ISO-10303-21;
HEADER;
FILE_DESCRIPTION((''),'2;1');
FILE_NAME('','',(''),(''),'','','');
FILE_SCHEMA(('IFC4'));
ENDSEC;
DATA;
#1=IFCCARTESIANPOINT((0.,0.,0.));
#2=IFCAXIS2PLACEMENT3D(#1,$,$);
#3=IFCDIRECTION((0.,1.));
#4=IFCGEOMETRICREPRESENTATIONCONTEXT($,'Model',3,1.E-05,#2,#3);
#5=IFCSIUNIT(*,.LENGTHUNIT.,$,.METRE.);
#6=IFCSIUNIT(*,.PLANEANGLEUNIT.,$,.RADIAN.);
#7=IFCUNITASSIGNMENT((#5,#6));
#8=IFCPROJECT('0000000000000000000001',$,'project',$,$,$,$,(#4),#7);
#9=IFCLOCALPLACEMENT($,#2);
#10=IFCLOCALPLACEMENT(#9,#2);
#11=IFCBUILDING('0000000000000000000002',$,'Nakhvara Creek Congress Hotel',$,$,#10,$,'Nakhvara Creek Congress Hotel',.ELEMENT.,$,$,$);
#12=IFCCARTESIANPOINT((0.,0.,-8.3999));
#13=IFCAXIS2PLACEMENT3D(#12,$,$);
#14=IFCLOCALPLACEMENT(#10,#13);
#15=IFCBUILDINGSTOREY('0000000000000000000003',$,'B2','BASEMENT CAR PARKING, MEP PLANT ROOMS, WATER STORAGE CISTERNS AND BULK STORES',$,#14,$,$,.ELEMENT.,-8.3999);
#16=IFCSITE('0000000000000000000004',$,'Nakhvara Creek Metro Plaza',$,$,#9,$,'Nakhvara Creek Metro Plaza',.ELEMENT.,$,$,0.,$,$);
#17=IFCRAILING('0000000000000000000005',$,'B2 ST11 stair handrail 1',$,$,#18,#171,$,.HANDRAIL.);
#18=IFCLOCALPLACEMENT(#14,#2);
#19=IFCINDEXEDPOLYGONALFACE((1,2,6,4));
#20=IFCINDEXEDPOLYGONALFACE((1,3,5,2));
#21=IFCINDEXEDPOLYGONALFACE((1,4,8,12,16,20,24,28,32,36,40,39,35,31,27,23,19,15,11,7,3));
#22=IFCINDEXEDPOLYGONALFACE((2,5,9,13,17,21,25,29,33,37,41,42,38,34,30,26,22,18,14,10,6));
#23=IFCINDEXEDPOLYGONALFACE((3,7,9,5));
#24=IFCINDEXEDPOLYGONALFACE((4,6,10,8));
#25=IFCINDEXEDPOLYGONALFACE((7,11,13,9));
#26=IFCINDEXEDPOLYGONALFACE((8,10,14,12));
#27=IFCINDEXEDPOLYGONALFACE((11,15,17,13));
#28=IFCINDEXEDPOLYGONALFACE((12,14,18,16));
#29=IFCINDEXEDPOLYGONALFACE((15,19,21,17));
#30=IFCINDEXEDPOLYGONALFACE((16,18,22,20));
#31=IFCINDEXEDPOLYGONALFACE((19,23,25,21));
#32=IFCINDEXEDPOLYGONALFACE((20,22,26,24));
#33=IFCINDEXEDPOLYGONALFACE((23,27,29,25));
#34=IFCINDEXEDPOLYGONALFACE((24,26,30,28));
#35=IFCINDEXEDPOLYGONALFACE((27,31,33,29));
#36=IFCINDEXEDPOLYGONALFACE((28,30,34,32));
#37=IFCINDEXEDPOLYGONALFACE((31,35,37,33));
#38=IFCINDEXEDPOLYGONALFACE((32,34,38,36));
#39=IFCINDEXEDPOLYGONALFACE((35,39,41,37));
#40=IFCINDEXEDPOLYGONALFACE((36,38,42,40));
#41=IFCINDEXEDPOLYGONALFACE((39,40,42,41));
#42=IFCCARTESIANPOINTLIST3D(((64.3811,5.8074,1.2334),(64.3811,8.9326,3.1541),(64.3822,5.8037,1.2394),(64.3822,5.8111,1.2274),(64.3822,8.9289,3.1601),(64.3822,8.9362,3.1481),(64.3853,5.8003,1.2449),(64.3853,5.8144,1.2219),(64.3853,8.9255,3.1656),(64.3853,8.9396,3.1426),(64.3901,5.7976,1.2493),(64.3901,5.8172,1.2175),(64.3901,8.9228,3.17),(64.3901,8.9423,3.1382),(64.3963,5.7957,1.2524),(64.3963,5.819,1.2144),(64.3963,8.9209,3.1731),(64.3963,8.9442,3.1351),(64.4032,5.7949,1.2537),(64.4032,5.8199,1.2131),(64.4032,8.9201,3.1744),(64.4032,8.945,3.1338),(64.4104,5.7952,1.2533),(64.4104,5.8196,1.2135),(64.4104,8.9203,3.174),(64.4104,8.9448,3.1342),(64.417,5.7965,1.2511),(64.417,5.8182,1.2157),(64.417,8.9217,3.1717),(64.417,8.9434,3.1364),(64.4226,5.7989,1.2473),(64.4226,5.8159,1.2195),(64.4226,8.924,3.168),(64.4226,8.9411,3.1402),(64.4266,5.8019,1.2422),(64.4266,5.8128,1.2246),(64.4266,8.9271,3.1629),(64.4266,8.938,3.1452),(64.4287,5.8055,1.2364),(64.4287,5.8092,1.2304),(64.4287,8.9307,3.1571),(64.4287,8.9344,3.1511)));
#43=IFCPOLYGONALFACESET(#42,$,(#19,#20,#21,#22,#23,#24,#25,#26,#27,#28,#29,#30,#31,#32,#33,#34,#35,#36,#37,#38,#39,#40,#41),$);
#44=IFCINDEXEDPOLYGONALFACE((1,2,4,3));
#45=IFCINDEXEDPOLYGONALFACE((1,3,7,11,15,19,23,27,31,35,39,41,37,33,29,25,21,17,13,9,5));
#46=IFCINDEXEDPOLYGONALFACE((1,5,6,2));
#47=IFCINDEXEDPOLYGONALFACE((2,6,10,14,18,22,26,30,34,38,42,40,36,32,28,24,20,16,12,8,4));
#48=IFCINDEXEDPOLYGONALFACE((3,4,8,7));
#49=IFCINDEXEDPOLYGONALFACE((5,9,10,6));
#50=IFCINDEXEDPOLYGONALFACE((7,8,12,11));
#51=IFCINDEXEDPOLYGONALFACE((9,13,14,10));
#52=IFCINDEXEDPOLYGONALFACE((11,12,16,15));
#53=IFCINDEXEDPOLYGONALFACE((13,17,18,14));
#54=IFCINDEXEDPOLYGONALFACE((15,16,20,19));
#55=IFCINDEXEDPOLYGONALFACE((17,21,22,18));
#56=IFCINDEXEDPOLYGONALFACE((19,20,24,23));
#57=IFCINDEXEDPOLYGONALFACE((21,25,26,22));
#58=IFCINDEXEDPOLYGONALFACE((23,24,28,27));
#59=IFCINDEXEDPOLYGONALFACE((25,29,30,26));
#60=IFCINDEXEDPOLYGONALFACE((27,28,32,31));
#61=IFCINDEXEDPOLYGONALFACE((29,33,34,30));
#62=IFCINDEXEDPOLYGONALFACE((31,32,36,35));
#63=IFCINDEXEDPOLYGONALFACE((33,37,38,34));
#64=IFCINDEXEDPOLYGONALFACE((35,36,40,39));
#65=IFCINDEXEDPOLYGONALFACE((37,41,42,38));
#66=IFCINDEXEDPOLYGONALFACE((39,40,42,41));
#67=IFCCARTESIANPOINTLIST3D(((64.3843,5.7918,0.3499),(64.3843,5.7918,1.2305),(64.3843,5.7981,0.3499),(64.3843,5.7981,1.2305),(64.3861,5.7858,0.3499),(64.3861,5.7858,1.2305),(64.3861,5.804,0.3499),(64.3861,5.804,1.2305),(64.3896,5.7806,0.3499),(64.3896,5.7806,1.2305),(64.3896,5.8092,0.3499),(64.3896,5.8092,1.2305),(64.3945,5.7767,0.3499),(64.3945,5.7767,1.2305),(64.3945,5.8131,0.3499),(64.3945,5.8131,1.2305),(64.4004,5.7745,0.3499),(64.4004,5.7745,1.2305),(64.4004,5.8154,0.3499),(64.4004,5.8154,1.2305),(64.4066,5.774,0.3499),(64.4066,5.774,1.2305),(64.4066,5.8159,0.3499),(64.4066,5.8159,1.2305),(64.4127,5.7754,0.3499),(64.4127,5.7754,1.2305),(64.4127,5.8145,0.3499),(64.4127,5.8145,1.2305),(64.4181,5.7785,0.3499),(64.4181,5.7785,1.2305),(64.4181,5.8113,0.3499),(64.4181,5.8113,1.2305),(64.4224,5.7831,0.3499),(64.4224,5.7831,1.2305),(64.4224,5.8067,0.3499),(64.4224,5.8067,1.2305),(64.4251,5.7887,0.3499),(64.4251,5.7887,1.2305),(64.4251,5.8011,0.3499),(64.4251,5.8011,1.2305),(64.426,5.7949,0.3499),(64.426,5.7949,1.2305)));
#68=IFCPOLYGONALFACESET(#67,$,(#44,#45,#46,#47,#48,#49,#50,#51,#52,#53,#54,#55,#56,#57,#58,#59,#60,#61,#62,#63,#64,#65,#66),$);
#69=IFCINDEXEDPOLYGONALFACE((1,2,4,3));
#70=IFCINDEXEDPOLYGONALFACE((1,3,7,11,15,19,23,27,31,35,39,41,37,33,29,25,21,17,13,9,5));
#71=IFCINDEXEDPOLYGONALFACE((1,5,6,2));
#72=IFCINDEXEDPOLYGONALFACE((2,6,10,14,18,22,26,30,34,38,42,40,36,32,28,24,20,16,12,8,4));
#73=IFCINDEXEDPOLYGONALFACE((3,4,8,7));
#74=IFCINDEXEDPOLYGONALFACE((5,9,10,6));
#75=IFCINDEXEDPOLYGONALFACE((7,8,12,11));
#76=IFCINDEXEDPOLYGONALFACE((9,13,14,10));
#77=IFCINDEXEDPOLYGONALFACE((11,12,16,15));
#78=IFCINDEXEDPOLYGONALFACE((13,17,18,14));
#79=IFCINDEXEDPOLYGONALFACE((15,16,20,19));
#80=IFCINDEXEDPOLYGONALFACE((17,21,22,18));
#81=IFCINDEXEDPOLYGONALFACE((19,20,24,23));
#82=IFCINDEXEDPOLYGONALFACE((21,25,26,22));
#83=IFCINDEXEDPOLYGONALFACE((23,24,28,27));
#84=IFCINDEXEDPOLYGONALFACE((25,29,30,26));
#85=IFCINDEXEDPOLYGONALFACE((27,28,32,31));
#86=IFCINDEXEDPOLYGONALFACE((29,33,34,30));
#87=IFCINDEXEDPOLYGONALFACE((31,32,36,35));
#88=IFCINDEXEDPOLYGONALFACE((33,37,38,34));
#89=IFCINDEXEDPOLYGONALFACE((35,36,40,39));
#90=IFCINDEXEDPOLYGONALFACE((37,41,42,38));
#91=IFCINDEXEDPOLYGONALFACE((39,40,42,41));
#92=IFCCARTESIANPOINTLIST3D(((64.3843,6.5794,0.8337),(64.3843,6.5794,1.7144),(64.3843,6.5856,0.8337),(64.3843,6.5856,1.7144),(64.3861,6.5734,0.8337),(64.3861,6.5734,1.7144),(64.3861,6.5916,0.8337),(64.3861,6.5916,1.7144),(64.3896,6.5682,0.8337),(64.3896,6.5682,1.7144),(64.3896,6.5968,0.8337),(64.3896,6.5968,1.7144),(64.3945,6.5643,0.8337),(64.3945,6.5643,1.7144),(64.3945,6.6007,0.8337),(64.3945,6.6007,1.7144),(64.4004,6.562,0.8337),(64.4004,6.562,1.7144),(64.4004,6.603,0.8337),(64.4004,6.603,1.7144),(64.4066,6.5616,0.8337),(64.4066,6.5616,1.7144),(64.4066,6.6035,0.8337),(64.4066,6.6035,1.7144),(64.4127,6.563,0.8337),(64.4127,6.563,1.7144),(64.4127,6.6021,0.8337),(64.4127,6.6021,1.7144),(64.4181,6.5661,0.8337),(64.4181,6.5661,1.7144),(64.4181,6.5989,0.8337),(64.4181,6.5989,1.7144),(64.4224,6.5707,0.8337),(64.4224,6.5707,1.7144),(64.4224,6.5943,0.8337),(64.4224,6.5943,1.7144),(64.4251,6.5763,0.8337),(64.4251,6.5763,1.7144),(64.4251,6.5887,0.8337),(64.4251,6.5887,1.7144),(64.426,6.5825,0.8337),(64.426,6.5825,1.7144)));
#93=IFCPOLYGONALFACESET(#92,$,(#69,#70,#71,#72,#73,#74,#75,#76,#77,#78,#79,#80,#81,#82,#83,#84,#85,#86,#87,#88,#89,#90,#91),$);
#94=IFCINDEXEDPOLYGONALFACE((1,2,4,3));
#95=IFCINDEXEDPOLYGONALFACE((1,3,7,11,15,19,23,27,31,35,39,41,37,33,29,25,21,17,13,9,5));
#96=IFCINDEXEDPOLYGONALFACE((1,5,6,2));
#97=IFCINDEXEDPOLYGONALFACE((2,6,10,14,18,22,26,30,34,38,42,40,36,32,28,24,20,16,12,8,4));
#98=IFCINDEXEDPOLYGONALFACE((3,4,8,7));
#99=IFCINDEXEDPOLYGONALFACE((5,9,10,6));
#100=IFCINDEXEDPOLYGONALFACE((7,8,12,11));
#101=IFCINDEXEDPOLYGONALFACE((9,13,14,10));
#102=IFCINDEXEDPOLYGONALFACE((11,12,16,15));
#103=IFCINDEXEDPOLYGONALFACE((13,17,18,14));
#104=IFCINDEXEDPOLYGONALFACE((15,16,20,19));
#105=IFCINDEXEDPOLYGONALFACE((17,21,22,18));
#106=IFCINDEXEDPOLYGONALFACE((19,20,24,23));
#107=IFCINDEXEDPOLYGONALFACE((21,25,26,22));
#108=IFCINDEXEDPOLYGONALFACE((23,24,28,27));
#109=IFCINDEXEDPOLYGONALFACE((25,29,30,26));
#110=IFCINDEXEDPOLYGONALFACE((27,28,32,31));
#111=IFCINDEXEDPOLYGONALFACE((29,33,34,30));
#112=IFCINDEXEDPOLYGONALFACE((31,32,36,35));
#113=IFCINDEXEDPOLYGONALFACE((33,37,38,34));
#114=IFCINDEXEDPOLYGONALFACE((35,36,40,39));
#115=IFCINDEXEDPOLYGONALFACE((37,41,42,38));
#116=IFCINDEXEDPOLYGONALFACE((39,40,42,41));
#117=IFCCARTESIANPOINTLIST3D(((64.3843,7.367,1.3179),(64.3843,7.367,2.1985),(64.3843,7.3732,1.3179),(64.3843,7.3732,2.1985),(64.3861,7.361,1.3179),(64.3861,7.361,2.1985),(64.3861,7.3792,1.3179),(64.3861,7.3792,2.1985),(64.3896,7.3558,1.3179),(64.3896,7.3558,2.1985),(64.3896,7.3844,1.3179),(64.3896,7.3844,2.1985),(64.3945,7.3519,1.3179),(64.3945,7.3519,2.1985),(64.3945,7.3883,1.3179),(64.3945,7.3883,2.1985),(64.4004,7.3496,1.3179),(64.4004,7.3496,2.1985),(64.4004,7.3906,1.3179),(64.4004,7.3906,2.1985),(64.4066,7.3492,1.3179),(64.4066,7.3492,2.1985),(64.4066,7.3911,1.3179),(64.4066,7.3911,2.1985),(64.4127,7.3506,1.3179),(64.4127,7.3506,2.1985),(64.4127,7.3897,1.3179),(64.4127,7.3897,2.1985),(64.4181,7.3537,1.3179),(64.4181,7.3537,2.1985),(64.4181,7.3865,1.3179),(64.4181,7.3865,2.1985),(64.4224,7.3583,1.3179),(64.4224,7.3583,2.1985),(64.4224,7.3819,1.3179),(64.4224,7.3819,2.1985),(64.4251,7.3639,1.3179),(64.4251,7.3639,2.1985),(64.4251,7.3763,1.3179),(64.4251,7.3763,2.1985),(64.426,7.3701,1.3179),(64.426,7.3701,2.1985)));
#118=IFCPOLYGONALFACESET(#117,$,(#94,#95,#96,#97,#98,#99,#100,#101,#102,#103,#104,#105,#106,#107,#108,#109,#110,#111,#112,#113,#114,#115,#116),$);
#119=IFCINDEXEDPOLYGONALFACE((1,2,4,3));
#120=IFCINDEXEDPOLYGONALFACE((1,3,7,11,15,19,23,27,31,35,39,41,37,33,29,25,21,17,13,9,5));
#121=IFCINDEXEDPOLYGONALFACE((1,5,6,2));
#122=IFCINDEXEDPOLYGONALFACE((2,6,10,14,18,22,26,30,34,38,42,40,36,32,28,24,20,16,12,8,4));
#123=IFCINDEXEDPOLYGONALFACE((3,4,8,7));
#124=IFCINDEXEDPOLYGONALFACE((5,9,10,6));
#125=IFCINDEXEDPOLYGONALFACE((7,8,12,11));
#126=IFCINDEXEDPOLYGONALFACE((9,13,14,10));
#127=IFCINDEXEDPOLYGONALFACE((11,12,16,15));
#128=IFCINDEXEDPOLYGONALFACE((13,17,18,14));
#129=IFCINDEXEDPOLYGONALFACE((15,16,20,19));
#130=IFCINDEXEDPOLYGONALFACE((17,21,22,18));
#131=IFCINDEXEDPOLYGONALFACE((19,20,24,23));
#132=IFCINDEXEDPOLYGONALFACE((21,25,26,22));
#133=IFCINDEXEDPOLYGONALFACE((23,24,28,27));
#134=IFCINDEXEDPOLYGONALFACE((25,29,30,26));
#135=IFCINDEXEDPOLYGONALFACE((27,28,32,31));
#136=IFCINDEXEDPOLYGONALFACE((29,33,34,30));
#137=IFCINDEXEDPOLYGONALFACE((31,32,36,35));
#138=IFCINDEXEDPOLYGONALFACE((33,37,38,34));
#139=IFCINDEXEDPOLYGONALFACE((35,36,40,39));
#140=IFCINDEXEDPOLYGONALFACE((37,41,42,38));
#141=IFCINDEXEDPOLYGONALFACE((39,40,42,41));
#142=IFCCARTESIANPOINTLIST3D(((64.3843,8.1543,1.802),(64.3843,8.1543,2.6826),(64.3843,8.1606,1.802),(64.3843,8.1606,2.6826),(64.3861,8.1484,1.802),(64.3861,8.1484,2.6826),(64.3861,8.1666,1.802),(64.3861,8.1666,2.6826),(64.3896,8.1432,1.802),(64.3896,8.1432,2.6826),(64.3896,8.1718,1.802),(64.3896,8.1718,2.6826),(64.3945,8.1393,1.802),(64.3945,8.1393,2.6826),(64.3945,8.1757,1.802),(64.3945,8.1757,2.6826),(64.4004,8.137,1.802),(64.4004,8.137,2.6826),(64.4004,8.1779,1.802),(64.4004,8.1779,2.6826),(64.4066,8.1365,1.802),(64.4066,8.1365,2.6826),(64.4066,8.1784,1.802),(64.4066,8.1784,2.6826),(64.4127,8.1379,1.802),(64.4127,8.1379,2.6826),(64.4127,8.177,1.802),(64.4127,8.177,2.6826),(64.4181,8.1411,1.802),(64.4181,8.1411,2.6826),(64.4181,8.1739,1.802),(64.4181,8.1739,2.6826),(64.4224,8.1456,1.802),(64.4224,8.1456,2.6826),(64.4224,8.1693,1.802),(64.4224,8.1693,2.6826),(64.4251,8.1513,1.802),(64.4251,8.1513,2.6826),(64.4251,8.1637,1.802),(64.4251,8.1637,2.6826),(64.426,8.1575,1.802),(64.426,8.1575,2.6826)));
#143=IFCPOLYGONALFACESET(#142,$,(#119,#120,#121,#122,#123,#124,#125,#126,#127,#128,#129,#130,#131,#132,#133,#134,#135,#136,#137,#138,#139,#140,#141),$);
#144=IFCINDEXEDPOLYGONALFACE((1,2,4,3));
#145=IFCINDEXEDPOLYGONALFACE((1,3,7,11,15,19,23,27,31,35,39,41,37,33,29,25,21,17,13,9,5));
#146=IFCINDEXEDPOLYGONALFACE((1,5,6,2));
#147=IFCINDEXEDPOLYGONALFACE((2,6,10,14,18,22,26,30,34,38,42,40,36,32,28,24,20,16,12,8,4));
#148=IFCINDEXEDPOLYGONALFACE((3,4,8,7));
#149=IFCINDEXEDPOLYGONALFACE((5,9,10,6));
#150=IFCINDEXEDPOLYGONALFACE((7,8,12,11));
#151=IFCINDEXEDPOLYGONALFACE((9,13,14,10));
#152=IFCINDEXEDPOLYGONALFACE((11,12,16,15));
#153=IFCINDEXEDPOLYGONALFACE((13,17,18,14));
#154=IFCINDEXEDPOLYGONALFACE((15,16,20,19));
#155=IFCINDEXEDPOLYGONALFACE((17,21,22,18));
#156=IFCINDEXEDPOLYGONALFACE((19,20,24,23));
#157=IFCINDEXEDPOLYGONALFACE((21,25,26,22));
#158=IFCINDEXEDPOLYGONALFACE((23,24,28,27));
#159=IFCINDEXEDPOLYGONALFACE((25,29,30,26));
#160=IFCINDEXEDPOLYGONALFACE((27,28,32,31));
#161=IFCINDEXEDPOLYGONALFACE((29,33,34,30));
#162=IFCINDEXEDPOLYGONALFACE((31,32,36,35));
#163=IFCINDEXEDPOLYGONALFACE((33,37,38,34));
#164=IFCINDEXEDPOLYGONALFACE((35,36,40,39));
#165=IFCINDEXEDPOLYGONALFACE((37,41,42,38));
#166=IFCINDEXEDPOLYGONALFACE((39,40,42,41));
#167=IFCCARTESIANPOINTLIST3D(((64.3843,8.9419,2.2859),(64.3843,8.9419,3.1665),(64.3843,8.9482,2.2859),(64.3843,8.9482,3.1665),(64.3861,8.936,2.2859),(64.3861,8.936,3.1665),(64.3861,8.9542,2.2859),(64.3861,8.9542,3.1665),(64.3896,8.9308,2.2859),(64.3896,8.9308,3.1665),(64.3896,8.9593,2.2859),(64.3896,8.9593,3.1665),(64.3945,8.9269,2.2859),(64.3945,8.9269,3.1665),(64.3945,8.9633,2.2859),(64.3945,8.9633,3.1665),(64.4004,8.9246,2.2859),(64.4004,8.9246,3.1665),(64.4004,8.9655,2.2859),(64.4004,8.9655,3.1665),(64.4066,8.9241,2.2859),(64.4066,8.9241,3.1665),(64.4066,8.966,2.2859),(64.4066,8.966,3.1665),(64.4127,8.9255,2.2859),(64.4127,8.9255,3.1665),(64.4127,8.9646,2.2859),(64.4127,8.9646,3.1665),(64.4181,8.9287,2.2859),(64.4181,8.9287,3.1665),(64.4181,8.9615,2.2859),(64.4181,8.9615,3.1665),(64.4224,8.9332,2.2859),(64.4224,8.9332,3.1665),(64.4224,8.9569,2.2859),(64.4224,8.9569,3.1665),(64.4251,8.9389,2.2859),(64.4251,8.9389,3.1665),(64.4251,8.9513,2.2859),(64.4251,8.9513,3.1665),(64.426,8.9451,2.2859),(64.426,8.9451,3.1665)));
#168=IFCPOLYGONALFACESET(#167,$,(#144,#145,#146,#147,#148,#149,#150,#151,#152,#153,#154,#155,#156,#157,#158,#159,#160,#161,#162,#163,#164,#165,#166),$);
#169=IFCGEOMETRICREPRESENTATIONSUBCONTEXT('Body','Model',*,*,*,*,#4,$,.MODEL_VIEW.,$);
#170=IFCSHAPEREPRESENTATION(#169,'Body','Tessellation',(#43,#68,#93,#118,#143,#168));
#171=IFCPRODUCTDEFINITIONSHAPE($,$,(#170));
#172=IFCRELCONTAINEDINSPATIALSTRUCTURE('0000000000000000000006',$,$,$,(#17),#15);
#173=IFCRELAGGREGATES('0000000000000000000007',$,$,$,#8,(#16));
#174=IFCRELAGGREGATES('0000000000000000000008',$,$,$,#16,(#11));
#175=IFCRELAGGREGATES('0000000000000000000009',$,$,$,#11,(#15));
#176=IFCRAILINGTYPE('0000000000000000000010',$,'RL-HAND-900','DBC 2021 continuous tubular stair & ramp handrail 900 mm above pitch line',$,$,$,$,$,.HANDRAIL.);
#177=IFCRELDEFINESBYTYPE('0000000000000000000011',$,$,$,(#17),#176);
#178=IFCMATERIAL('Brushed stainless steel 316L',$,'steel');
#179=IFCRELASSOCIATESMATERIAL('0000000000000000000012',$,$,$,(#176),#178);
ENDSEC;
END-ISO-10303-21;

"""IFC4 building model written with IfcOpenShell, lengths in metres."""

from ifc_helpers import new_model, si_unit, direction, frame, origin, origin_2d, place, context, subcontext, project, spatial, circle, extrude, material, type_object, element, save


model = new_model("IFC4")

# Units and contexts
model_context = context("Model", 3, precision=1e-05, world=origin(), true_north=direction((0.0, 1.0)))
body_context = subcontext(model_context, "Body", "Model", "MODEL_VIEW")
ifc_project = project(units=[si_unit("LENGTHUNIT", "METRE"), si_unit("PLANEANGLEUNIT", "RADIAN")], contexts=[model_context])

# Site, building, storey
site_placement = place(None, origin())
site = spatial("IfcSite", under=ifc_project, at=site_placement, Name="Nakhvara Creek Metro Plaza", LongName="Nakhvara Creek Metro Plaza", CompositionType="ELEMENT", RefElevation=0.0)
building_placement = place(site_placement, origin())
building = spatial("IfcBuilding", under=site, at=building_placement, Name="Nakhvara Creek Congress Hotel", LongName="Nakhvara Creek Congress Hotel", CompositionType="ELEMENT")
storey_placement = place(building_placement, frame((0.0, 0.0, -8.3999)))
storey = spatial("IfcBuildingStorey", under=building, at=storey_placement, Name="B2", Description="BASEMENT CAR PARKING, MEP PLANT ROOMS, WATER STORAGE CISTERNS AND BULK STORES", CompositionType="ELEMENT", Elevation=-8.3999)

# Railing
ifc_material_1 = material(Name="Brushed stainless steel 316L", Category="steel")
railing_type_1 = type_object("IfcRailingType", Name="RL-HAND-900", Description="DBC 2021 continuous tubular stair & ramp handrail 900 mm above pitch line", PredefinedType="HANDRAIL", material=ifc_material_1)
railing_1_placement = place(storey_placement, frame((64.405, 5.7949, 0.3499)))
element("IfcRailing", 1, at=railing_1_placement, inside=storey, type_object=railing_type_1, Name="B2 ST11 stair handrail 1", PredefinedType="HANDRAIL", context=body_context, shape_type="SweptSolid", body=[
    extrude(circle(Radius=0.0239, at=origin_2d()), frame((0.0, 0.0125, 0.8835), z_axis=(0.0, 0.851962, 0.523604), x_axis=(-1.0, 0.0, 0.0)), (0.0, 0.0, 1.0), 3.6682),
    extrude(circle(Radius=0.021, at=origin_2d()), origin(), (0.0, 0.0, 1.0), 0.8806),
    extrude(circle(Radius=0.021, at=origin_2d()), frame((0.0, 0.7876, 0.4839)), (0.0, 0.0, 1.0), 0.8806),
    extrude(circle(Radius=0.021, at=origin_2d()), frame((0.0, 1.5752, 0.968)), (0.0, 0.0, 1.0), 0.8806),
    extrude(circle(Radius=0.021, at=origin_2d()), frame((0.0, 2.3625, 1.4521)), (0.0, 0.0, 1.0), 0.8806),
    extrude(circle(Radius=0.021, at=origin_2d()), frame((0.0, 3.1501, 1.936)), (0.0, 0.0, 1.0), 0.8806),
])

save(model, "model.ifc")
